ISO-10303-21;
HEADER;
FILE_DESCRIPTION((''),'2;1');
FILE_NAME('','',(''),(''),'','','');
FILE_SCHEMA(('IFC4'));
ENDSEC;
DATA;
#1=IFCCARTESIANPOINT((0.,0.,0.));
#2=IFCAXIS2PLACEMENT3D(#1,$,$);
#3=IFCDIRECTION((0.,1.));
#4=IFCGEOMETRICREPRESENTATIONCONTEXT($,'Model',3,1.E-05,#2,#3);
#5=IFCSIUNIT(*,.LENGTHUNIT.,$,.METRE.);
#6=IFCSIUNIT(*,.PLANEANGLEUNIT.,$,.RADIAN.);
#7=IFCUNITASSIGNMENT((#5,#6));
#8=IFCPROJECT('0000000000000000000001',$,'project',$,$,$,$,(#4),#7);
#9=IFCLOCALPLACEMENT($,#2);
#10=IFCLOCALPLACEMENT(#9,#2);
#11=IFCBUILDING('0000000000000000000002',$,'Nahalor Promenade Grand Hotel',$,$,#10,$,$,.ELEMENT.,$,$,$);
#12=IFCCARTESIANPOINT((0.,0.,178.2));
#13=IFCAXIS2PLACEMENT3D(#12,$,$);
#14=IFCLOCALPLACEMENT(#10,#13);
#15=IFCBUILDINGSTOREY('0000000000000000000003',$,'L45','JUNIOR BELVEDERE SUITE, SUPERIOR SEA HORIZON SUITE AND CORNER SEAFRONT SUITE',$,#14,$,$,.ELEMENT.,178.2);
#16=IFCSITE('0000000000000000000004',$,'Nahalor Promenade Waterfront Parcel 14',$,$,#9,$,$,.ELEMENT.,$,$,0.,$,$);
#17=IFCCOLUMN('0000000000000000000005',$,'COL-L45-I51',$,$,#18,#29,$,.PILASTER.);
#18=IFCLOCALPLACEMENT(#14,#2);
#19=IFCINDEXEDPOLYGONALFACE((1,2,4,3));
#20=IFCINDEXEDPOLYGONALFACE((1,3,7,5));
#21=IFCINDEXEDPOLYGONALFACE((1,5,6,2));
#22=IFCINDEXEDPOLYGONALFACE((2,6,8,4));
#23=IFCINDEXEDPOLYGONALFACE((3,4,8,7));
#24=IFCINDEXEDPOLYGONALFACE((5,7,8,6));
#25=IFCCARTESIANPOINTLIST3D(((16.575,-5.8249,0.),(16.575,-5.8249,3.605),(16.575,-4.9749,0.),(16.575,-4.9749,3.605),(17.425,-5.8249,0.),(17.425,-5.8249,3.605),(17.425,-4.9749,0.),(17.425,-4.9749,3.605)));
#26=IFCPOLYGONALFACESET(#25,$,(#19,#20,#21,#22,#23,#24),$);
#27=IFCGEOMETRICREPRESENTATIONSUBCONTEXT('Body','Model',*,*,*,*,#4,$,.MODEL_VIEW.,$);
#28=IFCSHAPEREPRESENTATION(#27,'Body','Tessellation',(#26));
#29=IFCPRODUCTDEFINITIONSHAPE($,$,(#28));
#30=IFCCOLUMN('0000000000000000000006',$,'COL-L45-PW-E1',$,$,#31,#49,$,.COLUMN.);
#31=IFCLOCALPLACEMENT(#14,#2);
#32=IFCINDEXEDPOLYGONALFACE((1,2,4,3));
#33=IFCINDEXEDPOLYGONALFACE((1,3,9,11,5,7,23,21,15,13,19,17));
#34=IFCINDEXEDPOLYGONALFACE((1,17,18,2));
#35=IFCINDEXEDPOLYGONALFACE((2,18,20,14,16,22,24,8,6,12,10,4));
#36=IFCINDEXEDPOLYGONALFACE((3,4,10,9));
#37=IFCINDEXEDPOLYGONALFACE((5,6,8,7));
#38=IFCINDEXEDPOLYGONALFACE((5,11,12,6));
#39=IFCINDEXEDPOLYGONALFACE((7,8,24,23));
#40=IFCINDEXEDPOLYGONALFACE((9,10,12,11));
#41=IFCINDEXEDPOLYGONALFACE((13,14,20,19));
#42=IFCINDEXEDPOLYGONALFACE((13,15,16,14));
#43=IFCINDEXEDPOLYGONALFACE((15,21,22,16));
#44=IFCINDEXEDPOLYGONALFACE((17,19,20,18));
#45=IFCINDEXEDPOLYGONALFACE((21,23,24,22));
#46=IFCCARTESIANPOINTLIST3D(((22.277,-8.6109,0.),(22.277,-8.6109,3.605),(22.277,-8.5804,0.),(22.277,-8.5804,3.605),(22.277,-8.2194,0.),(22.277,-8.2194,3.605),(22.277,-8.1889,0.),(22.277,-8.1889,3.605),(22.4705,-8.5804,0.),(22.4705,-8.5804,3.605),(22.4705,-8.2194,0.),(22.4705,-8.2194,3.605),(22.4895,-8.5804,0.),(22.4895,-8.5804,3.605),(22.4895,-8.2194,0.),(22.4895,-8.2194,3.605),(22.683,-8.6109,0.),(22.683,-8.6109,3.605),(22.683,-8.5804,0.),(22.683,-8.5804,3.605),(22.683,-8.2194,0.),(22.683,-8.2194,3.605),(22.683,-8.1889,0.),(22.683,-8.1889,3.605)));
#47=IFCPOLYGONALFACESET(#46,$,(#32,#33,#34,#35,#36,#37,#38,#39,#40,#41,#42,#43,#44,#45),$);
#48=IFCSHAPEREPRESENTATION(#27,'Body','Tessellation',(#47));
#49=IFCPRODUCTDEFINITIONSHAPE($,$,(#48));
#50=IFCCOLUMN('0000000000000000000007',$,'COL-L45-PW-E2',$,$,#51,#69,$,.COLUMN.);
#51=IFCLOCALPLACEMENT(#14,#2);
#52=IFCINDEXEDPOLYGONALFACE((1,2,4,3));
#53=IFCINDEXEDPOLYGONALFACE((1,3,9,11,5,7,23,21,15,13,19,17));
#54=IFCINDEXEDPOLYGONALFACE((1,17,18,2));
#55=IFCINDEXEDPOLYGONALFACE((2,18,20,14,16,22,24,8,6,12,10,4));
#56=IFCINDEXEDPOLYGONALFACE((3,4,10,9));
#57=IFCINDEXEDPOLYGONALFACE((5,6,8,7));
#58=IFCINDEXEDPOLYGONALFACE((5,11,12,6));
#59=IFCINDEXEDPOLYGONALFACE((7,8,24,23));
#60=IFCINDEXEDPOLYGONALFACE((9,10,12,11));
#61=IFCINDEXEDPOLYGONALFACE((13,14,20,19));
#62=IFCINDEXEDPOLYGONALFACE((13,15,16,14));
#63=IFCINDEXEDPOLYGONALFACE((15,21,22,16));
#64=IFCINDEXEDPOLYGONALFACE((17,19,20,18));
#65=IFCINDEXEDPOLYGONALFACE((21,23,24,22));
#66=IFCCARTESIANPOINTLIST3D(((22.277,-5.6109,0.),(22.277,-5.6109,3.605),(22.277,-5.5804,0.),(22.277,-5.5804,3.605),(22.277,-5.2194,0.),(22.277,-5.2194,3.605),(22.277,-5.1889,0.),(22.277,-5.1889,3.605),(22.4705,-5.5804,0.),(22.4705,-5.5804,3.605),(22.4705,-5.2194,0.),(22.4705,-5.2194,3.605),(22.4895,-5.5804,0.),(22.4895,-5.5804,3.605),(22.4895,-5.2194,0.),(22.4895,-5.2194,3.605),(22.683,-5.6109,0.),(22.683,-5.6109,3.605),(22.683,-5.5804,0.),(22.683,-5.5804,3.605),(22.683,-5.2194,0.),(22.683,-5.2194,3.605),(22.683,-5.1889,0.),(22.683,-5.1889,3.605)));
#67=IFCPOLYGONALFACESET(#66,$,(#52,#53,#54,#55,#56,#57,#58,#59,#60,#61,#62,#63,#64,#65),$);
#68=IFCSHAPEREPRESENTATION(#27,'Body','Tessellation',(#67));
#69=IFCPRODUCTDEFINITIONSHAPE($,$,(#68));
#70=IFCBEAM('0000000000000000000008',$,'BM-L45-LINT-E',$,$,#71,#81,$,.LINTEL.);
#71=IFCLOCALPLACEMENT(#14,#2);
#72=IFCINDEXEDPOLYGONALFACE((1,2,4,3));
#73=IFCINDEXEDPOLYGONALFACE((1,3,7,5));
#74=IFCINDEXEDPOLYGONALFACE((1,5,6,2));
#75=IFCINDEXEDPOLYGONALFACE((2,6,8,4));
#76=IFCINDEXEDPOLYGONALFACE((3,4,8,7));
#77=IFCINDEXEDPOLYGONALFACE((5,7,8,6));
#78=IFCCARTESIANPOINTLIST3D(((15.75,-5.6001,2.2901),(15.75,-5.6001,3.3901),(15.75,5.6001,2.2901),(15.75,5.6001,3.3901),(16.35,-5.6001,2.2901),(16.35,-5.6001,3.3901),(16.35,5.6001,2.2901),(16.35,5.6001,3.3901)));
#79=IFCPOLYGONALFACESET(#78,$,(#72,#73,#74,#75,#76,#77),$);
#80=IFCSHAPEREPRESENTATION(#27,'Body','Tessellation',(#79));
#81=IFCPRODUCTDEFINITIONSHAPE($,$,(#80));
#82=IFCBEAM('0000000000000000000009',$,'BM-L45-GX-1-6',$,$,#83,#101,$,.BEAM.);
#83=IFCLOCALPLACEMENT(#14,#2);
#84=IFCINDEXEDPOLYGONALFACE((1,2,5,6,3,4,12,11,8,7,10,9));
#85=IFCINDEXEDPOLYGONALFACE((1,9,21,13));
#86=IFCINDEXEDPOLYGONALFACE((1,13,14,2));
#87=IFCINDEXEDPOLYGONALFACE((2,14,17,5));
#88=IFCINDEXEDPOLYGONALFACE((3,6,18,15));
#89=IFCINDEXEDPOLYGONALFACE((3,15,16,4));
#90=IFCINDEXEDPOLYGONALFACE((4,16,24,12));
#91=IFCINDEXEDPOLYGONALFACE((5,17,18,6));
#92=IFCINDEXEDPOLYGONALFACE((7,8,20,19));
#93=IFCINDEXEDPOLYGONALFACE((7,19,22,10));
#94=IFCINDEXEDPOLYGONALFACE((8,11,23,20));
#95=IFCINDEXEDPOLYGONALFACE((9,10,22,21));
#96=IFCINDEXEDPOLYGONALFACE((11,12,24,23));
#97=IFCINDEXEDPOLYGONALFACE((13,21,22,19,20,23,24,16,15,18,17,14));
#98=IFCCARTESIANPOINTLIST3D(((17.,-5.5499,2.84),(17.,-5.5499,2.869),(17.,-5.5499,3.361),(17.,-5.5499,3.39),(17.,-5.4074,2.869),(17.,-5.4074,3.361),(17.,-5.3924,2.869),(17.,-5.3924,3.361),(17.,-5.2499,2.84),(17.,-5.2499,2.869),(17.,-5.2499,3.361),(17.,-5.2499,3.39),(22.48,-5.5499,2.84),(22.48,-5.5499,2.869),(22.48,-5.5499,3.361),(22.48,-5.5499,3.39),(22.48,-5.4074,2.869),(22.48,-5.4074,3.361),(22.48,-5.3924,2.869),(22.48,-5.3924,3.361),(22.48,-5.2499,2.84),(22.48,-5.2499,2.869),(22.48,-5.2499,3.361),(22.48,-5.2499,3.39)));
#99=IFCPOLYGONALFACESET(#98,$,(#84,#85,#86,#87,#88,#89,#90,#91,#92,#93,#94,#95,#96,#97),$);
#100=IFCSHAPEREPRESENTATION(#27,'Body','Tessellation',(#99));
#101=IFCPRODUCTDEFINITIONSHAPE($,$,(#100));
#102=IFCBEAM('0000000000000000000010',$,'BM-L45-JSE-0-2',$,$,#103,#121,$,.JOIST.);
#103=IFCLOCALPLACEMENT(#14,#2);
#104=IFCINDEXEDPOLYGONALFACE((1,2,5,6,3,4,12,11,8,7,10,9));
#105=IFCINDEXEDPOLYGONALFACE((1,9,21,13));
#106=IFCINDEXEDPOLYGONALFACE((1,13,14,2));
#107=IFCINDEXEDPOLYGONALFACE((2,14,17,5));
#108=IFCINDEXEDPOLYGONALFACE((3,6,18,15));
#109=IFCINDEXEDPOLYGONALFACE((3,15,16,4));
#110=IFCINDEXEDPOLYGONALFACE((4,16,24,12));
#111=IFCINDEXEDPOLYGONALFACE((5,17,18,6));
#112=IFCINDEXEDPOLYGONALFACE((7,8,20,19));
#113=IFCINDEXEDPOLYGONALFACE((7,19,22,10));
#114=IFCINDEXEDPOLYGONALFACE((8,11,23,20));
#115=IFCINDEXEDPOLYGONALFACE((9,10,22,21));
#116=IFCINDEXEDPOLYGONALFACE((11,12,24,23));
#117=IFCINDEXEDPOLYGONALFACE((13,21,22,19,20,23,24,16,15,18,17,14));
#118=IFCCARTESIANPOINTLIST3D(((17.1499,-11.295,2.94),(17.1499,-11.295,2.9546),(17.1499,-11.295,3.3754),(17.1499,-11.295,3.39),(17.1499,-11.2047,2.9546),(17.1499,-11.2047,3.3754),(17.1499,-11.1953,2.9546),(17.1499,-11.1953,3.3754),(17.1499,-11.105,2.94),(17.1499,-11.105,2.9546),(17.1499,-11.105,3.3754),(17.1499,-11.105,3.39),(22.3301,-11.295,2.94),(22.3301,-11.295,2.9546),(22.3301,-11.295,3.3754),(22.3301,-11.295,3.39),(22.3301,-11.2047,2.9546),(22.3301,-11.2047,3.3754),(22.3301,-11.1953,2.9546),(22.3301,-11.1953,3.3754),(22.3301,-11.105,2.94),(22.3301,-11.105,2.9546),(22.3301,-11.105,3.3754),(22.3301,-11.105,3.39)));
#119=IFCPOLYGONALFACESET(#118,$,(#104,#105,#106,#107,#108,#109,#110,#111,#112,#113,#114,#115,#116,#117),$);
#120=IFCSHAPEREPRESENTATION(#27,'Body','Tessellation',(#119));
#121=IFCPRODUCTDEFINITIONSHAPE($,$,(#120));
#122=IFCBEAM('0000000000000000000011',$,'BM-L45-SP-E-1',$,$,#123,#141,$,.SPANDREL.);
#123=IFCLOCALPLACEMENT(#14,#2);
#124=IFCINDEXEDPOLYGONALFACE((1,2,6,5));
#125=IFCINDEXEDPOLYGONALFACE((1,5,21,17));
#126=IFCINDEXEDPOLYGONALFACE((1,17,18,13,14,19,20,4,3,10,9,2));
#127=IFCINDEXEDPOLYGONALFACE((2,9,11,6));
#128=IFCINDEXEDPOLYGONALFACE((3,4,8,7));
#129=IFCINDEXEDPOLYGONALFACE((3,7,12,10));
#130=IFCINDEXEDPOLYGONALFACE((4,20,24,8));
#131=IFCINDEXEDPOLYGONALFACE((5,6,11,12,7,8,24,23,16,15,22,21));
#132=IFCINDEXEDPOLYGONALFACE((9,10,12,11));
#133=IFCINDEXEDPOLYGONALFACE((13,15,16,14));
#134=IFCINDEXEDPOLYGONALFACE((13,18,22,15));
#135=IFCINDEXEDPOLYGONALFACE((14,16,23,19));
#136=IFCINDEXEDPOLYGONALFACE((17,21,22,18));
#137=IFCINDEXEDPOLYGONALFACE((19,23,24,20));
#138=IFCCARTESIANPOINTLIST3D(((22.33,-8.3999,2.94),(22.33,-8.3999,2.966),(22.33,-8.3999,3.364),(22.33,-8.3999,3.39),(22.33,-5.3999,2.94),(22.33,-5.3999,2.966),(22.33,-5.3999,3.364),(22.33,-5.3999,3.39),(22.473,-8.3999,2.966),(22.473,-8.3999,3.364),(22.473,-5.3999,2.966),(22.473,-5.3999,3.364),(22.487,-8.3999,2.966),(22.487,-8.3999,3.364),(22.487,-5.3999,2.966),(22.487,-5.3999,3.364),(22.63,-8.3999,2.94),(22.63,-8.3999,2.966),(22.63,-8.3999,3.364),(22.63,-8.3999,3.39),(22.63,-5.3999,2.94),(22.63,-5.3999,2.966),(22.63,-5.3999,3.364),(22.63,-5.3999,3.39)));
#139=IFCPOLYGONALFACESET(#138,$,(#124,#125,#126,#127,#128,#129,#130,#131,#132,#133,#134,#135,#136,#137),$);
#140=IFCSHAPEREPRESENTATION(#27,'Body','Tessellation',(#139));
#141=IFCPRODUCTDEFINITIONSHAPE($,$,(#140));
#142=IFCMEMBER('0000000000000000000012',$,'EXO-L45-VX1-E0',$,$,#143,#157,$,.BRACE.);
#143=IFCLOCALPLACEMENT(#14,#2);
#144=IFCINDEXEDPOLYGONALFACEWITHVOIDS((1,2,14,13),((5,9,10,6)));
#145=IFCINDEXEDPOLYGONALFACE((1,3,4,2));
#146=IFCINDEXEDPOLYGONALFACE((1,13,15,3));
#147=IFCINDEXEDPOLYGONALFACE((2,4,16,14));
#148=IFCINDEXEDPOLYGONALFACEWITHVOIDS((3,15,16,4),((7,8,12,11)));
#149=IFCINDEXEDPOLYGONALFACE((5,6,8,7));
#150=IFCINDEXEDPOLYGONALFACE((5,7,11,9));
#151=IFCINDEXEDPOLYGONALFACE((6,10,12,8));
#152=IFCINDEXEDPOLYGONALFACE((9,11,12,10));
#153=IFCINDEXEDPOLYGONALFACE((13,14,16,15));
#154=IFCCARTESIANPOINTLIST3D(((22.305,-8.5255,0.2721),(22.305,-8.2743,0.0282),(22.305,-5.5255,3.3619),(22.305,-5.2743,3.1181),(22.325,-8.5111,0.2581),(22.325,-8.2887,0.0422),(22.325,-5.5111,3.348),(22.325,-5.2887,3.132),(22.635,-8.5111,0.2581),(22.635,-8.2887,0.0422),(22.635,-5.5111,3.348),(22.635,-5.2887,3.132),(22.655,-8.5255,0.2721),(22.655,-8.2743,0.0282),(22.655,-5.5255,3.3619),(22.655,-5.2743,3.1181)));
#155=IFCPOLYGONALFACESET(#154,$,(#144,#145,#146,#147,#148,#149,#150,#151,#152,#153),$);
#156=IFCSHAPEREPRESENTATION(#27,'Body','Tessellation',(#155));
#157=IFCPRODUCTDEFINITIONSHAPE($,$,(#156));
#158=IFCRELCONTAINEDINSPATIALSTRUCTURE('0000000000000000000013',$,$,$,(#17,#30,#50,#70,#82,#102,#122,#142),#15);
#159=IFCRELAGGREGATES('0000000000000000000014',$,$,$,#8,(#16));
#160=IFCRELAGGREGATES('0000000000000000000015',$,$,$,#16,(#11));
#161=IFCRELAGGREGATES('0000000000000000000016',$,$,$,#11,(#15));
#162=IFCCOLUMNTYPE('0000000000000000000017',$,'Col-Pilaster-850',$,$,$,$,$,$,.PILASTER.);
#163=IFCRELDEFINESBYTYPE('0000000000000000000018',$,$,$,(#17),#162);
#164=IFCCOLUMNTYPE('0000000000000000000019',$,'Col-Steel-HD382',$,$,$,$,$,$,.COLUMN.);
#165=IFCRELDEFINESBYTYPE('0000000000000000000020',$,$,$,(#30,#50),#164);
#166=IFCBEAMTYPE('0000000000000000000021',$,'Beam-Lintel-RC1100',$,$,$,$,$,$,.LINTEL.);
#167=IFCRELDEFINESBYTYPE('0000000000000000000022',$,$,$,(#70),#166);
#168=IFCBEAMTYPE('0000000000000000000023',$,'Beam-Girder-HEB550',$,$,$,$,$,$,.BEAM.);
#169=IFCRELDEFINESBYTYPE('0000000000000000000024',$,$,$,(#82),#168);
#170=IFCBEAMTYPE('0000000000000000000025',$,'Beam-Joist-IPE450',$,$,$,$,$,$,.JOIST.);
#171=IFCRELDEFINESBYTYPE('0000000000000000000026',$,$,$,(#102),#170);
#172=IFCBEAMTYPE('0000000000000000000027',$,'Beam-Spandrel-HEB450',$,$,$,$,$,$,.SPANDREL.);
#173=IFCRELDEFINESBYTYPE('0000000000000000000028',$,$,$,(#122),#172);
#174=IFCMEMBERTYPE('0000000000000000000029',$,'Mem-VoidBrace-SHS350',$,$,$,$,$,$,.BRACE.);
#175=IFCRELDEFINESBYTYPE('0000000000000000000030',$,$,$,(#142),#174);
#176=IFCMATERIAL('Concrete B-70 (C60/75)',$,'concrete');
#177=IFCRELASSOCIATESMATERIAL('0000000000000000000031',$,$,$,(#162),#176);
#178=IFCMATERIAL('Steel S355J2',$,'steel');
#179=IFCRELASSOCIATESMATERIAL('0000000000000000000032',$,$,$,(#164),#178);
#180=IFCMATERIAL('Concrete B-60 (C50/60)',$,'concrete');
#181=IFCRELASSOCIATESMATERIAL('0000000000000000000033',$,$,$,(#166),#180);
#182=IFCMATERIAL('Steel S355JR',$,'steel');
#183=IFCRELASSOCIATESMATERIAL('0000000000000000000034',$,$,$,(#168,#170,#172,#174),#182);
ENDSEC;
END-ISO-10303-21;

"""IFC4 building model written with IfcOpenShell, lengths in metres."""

from ifc_helpers import new_model, si_unit, direction, frame, origin, origin_2d, place, context, subcontext, project, spatial, rectangle, hollow_rectangle, i_section, extrude, source, transform, mapped, material, material_profile, profile_set, type_object, element, save


model = new_model("IFC4")

# Units and contexts
model_context = context("Model", 3, precision=1e-05, world=origin(), true_north=direction((0.0, 1.0)))
body_context = subcontext(model_context, "Body", "Model", "MODEL_VIEW")
ifc_project = project(units=[si_unit("LENGTHUNIT", "METRE"), si_unit("PLANEANGLEUNIT", "RADIAN")], contexts=[model_context])

# Site, building, storey
site_placement = place(None, origin())
site = spatial("IfcSite", under=ifc_project, at=site_placement, Name="Nahalor Promenade Waterfront Parcel 14", CompositionType="ELEMENT", RefElevation=0.0)
building_placement = place(site_placement, origin())
building = spatial("IfcBuilding", under=site, at=building_placement, Name="Nahalor Promenade Grand Hotel", CompositionType="ELEMENT")
storey_placement = place(building_placement, frame((0.0, 0.0, 178.2)))
storey = spatial("IfcBuildingStorey", under=building, at=storey_placement, Name="L45", Description="JUNIOR BELVEDERE SUITE, SUPERIOR SEA HORIZON SUITE AND CORNER SEAFRONT SUITE", CompositionType="ELEMENT", Elevation=178.2)

# Columns
ifc_material_1 = material(Name="Concrete B-70 (C60/75)", Category="concrete")
ifc_material_profile_1 = material_profile(ifc_material_1, rectangle(XDim=0.85, YDim=0.85, at=origin_2d()), Name="RC 850x850")
ifc_profile_set_1 = profile_set([ifc_material_profile_1], Name="Concrete B-70 (C60/75)")
column_type_1 = type_object("IfcColumnType", Name="Col-Pilaster-850", PredefinedType="PILASTER", material=ifc_profile_set_1)
shared_shape_1 = source(origin(), body_context, "Body", "SweptSolid", [
    extrude(rectangle(XDim=0.85, YDim=0.85, at=origin_2d()), origin(), (0.0, 0.0, 1.0), 3.605),
])
column_placement = place(storey_placement, frame((17.0, -5.3999, 0.0), z_axis=(0.0, 0.0, 1.0), x_axis=(1.0, 0.0, 0.0)))
element("IfcColumn", 1, at=column_placement, inside=storey, type_object=column_type_1, Name="COL-L45-I51", PredefinedType="PILASTER", context=body_context, shape_type="MappedRepresentation", body=[
    mapped(shared_shape_1, transform((0.0, 0.0, 0.0), scale=1.0)),
])
ifc_material_2 = material(Name="Steel S355J2", Category="steel")
ifc_material_profile_2 = material_profile(ifc_material_2, i_section(OverallWidth=0.406, OverallDepth=0.422, WebThickness=0.019, FlangeThickness=0.0305, at=origin_2d()), Name="HD 400x382")
ifc_profile_set_2 = profile_set([ifc_material_profile_2], Name="Steel S355J2")
column_type_2 = type_object("IfcColumnType", Name="Col-Steel-HD382", PredefinedType="COLUMN", material=ifc_profile_set_2)
shared_shape_2 = source(origin(), body_context, "Body", "SweptSolid", [
    extrude(i_section(OverallWidth=0.406, OverallDepth=0.422, WebThickness=0.019, FlangeThickness=0.0305, at=origin_2d()), origin(), (0.0, 0.0, 1.0), 3.605),
])
for number, where, z_axis, x_axis, name in (
    (2, (22.48, -8.3999, 0.0), (0.0, 0.0, 1.0), (1.0, 0.0, 0.0), "COL-L45-PW-E1"),
    (3, (22.48, -5.3999, 0.0), (0.0, 0.0, 1.0), (1.0, 0.0, 0.0), "COL-L45-PW-E2"),
):
    element("IfcColumn", number, at=place(storey_placement, frame(where, z_axis=z_axis, x_axis=x_axis)), inside=storey, type_object=column_type_2, Name=name, PredefinedType="COLUMN", context=body_context, shape_type="MappedRepresentation", body=[
        mapped(shared_shape_2, transform((0.0, 0.0, 0.0), scale=1.0)),
    ])

# Beams
ifc_material_3 = material(Name="Concrete B-60 (C50/60)", Category="concrete")
ifc_material_profile_3 = material_profile(ifc_material_3, rectangle(XDim=0.6, YDim=1.1, at=origin_2d()), Name="RC 600x1100")
ifc_profile_set_3 = profile_set([ifc_material_profile_3], Name="Concrete B-60 (C50/60)")
beam_type_1 = type_object("IfcBeamType", Name="Beam-Lintel-RC1100", PredefinedType="LINTEL", material=ifc_profile_set_3)
shared_shape_3 = source(origin(), body_context, "Body", "SweptSolid", [
    extrude(rectangle(XDim=0.6, YDim=1.1, at=origin_2d()), origin(), (0.0, 0.0, 1.0), 11.2002),
])
beam_1_placement = place(storey_placement, frame((16.05, -5.6001, 2.8401), z_axis=(0.0, 1.0, 0.0), x_axis=(-1.0, 0.0, 0.0)))
element("IfcBeam", 4, at=beam_1_placement, inside=storey, type_object=beam_type_1, Name="BM-L45-LINT-E", PredefinedType="LINTEL", context=body_context, shape_type="MappedRepresentation", body=[
    mapped(shared_shape_3, transform((0.0, 0.0, 0.0), scale=1.0)),
])
ifc_material_4 = material(Name="Steel S355JR", Category="steel")
ifc_material_profile_4 = material_profile(ifc_material_4, i_section(OverallWidth=0.3, OverallDepth=0.55, WebThickness=0.015, FlangeThickness=0.029, at=origin_2d()), Name="HEB 550")
ifc_profile_set_4 = profile_set([ifc_material_profile_4], Name="Steel S355JR")
beam_type_2 = type_object("IfcBeamType", Name="Beam-Girder-HEB550", PredefinedType="BEAM", material=ifc_profile_set_4)
shared_shape_4 = source(origin(), body_context, "Body", "SweptSolid", [
    extrude(i_section(OverallWidth=0.3, OverallDepth=0.55, WebThickness=0.015, FlangeThickness=0.029, at=origin_2d()), origin(), (0.0, 0.0, 1.0), 5.48),
])
beam_2_placement = place(storey_placement, frame((17.0, -5.3999, 3.115), z_axis=(1.0, 0.0, 0.0), x_axis=(0.0, 1.0, 0.0)))
element("IfcBeam", 5, at=beam_2_placement, inside=storey, type_object=beam_type_2, Name="BM-L45-GX-1-6", PredefinedType="BEAM", context=body_context, shape_type="MappedRepresentation", body=[
    mapped(shared_shape_4, transform((0.0, 0.0, 0.0), scale=1.0)),
])
ifc_material_profile_5 = material_profile(ifc_material_4, i_section(OverallWidth=0.19, OverallDepth=0.45, WebThickness=0.0094, FlangeThickness=0.0146, at=origin_2d()), Name="IPE 450")
ifc_profile_set_5 = profile_set([ifc_material_profile_5], Name="Steel S355JR")
beam_type_3 = type_object("IfcBeamType", Name="Beam-Joist-IPE450", PredefinedType="JOIST", material=ifc_profile_set_5)
shared_shape_5 = source(origin(), body_context, "Body", "SweptSolid", [
    extrude(i_section(OverallWidth=0.19, OverallDepth=0.45, WebThickness=0.0094, FlangeThickness=0.0146, at=origin_2d()), origin(), (0.0, 0.0, 1.0), 5.1802),
])
beam_3_placement = place(storey_placement, frame((17.1499, -11.2, 3.165), z_axis=(1.0, 0.0, 0.0), x_axis=(0.0, 1.0, 0.0)))
element("IfcBeam", 6, at=beam_3_placement, inside=storey, type_object=beam_type_3, Name="BM-L45-JSE-0-2", PredefinedType="JOIST", context=body_context, shape_type="MappedRepresentation", body=[
    mapped(shared_shape_5, transform((0.0, 0.0, 0.0), scale=1.0)),
])
ifc_material_profile_6 = material_profile(ifc_material_4, i_section(OverallWidth=0.3, OverallDepth=0.45, WebThickness=0.014, FlangeThickness=0.026, at=origin_2d()), Name="HEB 450")
ifc_profile_set_6 = profile_set([ifc_material_profile_6], Name="Steel S355JR")
beam_type_4 = type_object("IfcBeamType", Name="Beam-Spandrel-HEB450", PredefinedType="SPANDREL", material=ifc_profile_set_6)
shared_shape_6 = source(origin(), body_context, "Body", "SweptSolid", [
    extrude(i_section(OverallWidth=0.3, OverallDepth=0.45, WebThickness=0.014, FlangeThickness=0.026, at=origin_2d()), origin(), (0.0, 0.0, 1.0), 3.0),
])
beam_4_placement = place(storey_placement, frame((22.48, -8.3999, 3.165), z_axis=(0.0, 1.0, 0.0), x_axis=(-1.0, 0.0, 0.0)))
element("IfcBeam", 7, at=beam_4_placement, inside=storey, type_object=beam_type_4, Name="BM-L45-SP-E-1", PredefinedType="SPANDREL", context=body_context, shape_type="MappedRepresentation", body=[
    mapped(shared_shape_6, transform((0.0, 0.0, 0.0), scale=1.0)),
])

# Member
ifc_material_profile_7 = material_profile(ifc_material_4, hollow_rectangle(XDim=0.35, YDim=0.35, WallThickness=0.02, at=origin_2d()), Name="SHS 350x350x20")
ifc_profile_set_7 = profile_set([ifc_material_profile_7], Name="Steel S355JR")
member_type_1 = type_object("IfcMemberType", Name="Mem-VoidBrace-SHS350", PredefinedType="BRACE", material=ifc_profile_set_7)
shared_shape_7 = source(origin(), body_context, "Body", "SweptSolid", [
    extrude(hollow_rectangle(XDim=0.35, YDim=0.35, WallThickness=0.02, at=origin_2d()), origin(), (0.0, 0.0, 1.0), 4.3066),
])
member_1_placement = place(storey_placement, frame((22.48, -8.3999, 0.1501), z_axis=(0.0, 0.696599, 0.717461), x_axis=(-1.0, 0.0, 0.0)))
element("IfcMember", 8, at=member_1_placement, inside=storey, type_object=member_type_1, Name="EXO-L45-VX1-E0", PredefinedType="BRACE", context=body_context, shape_type="MappedRepresentation", body=[
    mapped(shared_shape_7, transform((0.0, 0.0, 0.0), scale=1.0)),
])

save(model, "model.ifc")
